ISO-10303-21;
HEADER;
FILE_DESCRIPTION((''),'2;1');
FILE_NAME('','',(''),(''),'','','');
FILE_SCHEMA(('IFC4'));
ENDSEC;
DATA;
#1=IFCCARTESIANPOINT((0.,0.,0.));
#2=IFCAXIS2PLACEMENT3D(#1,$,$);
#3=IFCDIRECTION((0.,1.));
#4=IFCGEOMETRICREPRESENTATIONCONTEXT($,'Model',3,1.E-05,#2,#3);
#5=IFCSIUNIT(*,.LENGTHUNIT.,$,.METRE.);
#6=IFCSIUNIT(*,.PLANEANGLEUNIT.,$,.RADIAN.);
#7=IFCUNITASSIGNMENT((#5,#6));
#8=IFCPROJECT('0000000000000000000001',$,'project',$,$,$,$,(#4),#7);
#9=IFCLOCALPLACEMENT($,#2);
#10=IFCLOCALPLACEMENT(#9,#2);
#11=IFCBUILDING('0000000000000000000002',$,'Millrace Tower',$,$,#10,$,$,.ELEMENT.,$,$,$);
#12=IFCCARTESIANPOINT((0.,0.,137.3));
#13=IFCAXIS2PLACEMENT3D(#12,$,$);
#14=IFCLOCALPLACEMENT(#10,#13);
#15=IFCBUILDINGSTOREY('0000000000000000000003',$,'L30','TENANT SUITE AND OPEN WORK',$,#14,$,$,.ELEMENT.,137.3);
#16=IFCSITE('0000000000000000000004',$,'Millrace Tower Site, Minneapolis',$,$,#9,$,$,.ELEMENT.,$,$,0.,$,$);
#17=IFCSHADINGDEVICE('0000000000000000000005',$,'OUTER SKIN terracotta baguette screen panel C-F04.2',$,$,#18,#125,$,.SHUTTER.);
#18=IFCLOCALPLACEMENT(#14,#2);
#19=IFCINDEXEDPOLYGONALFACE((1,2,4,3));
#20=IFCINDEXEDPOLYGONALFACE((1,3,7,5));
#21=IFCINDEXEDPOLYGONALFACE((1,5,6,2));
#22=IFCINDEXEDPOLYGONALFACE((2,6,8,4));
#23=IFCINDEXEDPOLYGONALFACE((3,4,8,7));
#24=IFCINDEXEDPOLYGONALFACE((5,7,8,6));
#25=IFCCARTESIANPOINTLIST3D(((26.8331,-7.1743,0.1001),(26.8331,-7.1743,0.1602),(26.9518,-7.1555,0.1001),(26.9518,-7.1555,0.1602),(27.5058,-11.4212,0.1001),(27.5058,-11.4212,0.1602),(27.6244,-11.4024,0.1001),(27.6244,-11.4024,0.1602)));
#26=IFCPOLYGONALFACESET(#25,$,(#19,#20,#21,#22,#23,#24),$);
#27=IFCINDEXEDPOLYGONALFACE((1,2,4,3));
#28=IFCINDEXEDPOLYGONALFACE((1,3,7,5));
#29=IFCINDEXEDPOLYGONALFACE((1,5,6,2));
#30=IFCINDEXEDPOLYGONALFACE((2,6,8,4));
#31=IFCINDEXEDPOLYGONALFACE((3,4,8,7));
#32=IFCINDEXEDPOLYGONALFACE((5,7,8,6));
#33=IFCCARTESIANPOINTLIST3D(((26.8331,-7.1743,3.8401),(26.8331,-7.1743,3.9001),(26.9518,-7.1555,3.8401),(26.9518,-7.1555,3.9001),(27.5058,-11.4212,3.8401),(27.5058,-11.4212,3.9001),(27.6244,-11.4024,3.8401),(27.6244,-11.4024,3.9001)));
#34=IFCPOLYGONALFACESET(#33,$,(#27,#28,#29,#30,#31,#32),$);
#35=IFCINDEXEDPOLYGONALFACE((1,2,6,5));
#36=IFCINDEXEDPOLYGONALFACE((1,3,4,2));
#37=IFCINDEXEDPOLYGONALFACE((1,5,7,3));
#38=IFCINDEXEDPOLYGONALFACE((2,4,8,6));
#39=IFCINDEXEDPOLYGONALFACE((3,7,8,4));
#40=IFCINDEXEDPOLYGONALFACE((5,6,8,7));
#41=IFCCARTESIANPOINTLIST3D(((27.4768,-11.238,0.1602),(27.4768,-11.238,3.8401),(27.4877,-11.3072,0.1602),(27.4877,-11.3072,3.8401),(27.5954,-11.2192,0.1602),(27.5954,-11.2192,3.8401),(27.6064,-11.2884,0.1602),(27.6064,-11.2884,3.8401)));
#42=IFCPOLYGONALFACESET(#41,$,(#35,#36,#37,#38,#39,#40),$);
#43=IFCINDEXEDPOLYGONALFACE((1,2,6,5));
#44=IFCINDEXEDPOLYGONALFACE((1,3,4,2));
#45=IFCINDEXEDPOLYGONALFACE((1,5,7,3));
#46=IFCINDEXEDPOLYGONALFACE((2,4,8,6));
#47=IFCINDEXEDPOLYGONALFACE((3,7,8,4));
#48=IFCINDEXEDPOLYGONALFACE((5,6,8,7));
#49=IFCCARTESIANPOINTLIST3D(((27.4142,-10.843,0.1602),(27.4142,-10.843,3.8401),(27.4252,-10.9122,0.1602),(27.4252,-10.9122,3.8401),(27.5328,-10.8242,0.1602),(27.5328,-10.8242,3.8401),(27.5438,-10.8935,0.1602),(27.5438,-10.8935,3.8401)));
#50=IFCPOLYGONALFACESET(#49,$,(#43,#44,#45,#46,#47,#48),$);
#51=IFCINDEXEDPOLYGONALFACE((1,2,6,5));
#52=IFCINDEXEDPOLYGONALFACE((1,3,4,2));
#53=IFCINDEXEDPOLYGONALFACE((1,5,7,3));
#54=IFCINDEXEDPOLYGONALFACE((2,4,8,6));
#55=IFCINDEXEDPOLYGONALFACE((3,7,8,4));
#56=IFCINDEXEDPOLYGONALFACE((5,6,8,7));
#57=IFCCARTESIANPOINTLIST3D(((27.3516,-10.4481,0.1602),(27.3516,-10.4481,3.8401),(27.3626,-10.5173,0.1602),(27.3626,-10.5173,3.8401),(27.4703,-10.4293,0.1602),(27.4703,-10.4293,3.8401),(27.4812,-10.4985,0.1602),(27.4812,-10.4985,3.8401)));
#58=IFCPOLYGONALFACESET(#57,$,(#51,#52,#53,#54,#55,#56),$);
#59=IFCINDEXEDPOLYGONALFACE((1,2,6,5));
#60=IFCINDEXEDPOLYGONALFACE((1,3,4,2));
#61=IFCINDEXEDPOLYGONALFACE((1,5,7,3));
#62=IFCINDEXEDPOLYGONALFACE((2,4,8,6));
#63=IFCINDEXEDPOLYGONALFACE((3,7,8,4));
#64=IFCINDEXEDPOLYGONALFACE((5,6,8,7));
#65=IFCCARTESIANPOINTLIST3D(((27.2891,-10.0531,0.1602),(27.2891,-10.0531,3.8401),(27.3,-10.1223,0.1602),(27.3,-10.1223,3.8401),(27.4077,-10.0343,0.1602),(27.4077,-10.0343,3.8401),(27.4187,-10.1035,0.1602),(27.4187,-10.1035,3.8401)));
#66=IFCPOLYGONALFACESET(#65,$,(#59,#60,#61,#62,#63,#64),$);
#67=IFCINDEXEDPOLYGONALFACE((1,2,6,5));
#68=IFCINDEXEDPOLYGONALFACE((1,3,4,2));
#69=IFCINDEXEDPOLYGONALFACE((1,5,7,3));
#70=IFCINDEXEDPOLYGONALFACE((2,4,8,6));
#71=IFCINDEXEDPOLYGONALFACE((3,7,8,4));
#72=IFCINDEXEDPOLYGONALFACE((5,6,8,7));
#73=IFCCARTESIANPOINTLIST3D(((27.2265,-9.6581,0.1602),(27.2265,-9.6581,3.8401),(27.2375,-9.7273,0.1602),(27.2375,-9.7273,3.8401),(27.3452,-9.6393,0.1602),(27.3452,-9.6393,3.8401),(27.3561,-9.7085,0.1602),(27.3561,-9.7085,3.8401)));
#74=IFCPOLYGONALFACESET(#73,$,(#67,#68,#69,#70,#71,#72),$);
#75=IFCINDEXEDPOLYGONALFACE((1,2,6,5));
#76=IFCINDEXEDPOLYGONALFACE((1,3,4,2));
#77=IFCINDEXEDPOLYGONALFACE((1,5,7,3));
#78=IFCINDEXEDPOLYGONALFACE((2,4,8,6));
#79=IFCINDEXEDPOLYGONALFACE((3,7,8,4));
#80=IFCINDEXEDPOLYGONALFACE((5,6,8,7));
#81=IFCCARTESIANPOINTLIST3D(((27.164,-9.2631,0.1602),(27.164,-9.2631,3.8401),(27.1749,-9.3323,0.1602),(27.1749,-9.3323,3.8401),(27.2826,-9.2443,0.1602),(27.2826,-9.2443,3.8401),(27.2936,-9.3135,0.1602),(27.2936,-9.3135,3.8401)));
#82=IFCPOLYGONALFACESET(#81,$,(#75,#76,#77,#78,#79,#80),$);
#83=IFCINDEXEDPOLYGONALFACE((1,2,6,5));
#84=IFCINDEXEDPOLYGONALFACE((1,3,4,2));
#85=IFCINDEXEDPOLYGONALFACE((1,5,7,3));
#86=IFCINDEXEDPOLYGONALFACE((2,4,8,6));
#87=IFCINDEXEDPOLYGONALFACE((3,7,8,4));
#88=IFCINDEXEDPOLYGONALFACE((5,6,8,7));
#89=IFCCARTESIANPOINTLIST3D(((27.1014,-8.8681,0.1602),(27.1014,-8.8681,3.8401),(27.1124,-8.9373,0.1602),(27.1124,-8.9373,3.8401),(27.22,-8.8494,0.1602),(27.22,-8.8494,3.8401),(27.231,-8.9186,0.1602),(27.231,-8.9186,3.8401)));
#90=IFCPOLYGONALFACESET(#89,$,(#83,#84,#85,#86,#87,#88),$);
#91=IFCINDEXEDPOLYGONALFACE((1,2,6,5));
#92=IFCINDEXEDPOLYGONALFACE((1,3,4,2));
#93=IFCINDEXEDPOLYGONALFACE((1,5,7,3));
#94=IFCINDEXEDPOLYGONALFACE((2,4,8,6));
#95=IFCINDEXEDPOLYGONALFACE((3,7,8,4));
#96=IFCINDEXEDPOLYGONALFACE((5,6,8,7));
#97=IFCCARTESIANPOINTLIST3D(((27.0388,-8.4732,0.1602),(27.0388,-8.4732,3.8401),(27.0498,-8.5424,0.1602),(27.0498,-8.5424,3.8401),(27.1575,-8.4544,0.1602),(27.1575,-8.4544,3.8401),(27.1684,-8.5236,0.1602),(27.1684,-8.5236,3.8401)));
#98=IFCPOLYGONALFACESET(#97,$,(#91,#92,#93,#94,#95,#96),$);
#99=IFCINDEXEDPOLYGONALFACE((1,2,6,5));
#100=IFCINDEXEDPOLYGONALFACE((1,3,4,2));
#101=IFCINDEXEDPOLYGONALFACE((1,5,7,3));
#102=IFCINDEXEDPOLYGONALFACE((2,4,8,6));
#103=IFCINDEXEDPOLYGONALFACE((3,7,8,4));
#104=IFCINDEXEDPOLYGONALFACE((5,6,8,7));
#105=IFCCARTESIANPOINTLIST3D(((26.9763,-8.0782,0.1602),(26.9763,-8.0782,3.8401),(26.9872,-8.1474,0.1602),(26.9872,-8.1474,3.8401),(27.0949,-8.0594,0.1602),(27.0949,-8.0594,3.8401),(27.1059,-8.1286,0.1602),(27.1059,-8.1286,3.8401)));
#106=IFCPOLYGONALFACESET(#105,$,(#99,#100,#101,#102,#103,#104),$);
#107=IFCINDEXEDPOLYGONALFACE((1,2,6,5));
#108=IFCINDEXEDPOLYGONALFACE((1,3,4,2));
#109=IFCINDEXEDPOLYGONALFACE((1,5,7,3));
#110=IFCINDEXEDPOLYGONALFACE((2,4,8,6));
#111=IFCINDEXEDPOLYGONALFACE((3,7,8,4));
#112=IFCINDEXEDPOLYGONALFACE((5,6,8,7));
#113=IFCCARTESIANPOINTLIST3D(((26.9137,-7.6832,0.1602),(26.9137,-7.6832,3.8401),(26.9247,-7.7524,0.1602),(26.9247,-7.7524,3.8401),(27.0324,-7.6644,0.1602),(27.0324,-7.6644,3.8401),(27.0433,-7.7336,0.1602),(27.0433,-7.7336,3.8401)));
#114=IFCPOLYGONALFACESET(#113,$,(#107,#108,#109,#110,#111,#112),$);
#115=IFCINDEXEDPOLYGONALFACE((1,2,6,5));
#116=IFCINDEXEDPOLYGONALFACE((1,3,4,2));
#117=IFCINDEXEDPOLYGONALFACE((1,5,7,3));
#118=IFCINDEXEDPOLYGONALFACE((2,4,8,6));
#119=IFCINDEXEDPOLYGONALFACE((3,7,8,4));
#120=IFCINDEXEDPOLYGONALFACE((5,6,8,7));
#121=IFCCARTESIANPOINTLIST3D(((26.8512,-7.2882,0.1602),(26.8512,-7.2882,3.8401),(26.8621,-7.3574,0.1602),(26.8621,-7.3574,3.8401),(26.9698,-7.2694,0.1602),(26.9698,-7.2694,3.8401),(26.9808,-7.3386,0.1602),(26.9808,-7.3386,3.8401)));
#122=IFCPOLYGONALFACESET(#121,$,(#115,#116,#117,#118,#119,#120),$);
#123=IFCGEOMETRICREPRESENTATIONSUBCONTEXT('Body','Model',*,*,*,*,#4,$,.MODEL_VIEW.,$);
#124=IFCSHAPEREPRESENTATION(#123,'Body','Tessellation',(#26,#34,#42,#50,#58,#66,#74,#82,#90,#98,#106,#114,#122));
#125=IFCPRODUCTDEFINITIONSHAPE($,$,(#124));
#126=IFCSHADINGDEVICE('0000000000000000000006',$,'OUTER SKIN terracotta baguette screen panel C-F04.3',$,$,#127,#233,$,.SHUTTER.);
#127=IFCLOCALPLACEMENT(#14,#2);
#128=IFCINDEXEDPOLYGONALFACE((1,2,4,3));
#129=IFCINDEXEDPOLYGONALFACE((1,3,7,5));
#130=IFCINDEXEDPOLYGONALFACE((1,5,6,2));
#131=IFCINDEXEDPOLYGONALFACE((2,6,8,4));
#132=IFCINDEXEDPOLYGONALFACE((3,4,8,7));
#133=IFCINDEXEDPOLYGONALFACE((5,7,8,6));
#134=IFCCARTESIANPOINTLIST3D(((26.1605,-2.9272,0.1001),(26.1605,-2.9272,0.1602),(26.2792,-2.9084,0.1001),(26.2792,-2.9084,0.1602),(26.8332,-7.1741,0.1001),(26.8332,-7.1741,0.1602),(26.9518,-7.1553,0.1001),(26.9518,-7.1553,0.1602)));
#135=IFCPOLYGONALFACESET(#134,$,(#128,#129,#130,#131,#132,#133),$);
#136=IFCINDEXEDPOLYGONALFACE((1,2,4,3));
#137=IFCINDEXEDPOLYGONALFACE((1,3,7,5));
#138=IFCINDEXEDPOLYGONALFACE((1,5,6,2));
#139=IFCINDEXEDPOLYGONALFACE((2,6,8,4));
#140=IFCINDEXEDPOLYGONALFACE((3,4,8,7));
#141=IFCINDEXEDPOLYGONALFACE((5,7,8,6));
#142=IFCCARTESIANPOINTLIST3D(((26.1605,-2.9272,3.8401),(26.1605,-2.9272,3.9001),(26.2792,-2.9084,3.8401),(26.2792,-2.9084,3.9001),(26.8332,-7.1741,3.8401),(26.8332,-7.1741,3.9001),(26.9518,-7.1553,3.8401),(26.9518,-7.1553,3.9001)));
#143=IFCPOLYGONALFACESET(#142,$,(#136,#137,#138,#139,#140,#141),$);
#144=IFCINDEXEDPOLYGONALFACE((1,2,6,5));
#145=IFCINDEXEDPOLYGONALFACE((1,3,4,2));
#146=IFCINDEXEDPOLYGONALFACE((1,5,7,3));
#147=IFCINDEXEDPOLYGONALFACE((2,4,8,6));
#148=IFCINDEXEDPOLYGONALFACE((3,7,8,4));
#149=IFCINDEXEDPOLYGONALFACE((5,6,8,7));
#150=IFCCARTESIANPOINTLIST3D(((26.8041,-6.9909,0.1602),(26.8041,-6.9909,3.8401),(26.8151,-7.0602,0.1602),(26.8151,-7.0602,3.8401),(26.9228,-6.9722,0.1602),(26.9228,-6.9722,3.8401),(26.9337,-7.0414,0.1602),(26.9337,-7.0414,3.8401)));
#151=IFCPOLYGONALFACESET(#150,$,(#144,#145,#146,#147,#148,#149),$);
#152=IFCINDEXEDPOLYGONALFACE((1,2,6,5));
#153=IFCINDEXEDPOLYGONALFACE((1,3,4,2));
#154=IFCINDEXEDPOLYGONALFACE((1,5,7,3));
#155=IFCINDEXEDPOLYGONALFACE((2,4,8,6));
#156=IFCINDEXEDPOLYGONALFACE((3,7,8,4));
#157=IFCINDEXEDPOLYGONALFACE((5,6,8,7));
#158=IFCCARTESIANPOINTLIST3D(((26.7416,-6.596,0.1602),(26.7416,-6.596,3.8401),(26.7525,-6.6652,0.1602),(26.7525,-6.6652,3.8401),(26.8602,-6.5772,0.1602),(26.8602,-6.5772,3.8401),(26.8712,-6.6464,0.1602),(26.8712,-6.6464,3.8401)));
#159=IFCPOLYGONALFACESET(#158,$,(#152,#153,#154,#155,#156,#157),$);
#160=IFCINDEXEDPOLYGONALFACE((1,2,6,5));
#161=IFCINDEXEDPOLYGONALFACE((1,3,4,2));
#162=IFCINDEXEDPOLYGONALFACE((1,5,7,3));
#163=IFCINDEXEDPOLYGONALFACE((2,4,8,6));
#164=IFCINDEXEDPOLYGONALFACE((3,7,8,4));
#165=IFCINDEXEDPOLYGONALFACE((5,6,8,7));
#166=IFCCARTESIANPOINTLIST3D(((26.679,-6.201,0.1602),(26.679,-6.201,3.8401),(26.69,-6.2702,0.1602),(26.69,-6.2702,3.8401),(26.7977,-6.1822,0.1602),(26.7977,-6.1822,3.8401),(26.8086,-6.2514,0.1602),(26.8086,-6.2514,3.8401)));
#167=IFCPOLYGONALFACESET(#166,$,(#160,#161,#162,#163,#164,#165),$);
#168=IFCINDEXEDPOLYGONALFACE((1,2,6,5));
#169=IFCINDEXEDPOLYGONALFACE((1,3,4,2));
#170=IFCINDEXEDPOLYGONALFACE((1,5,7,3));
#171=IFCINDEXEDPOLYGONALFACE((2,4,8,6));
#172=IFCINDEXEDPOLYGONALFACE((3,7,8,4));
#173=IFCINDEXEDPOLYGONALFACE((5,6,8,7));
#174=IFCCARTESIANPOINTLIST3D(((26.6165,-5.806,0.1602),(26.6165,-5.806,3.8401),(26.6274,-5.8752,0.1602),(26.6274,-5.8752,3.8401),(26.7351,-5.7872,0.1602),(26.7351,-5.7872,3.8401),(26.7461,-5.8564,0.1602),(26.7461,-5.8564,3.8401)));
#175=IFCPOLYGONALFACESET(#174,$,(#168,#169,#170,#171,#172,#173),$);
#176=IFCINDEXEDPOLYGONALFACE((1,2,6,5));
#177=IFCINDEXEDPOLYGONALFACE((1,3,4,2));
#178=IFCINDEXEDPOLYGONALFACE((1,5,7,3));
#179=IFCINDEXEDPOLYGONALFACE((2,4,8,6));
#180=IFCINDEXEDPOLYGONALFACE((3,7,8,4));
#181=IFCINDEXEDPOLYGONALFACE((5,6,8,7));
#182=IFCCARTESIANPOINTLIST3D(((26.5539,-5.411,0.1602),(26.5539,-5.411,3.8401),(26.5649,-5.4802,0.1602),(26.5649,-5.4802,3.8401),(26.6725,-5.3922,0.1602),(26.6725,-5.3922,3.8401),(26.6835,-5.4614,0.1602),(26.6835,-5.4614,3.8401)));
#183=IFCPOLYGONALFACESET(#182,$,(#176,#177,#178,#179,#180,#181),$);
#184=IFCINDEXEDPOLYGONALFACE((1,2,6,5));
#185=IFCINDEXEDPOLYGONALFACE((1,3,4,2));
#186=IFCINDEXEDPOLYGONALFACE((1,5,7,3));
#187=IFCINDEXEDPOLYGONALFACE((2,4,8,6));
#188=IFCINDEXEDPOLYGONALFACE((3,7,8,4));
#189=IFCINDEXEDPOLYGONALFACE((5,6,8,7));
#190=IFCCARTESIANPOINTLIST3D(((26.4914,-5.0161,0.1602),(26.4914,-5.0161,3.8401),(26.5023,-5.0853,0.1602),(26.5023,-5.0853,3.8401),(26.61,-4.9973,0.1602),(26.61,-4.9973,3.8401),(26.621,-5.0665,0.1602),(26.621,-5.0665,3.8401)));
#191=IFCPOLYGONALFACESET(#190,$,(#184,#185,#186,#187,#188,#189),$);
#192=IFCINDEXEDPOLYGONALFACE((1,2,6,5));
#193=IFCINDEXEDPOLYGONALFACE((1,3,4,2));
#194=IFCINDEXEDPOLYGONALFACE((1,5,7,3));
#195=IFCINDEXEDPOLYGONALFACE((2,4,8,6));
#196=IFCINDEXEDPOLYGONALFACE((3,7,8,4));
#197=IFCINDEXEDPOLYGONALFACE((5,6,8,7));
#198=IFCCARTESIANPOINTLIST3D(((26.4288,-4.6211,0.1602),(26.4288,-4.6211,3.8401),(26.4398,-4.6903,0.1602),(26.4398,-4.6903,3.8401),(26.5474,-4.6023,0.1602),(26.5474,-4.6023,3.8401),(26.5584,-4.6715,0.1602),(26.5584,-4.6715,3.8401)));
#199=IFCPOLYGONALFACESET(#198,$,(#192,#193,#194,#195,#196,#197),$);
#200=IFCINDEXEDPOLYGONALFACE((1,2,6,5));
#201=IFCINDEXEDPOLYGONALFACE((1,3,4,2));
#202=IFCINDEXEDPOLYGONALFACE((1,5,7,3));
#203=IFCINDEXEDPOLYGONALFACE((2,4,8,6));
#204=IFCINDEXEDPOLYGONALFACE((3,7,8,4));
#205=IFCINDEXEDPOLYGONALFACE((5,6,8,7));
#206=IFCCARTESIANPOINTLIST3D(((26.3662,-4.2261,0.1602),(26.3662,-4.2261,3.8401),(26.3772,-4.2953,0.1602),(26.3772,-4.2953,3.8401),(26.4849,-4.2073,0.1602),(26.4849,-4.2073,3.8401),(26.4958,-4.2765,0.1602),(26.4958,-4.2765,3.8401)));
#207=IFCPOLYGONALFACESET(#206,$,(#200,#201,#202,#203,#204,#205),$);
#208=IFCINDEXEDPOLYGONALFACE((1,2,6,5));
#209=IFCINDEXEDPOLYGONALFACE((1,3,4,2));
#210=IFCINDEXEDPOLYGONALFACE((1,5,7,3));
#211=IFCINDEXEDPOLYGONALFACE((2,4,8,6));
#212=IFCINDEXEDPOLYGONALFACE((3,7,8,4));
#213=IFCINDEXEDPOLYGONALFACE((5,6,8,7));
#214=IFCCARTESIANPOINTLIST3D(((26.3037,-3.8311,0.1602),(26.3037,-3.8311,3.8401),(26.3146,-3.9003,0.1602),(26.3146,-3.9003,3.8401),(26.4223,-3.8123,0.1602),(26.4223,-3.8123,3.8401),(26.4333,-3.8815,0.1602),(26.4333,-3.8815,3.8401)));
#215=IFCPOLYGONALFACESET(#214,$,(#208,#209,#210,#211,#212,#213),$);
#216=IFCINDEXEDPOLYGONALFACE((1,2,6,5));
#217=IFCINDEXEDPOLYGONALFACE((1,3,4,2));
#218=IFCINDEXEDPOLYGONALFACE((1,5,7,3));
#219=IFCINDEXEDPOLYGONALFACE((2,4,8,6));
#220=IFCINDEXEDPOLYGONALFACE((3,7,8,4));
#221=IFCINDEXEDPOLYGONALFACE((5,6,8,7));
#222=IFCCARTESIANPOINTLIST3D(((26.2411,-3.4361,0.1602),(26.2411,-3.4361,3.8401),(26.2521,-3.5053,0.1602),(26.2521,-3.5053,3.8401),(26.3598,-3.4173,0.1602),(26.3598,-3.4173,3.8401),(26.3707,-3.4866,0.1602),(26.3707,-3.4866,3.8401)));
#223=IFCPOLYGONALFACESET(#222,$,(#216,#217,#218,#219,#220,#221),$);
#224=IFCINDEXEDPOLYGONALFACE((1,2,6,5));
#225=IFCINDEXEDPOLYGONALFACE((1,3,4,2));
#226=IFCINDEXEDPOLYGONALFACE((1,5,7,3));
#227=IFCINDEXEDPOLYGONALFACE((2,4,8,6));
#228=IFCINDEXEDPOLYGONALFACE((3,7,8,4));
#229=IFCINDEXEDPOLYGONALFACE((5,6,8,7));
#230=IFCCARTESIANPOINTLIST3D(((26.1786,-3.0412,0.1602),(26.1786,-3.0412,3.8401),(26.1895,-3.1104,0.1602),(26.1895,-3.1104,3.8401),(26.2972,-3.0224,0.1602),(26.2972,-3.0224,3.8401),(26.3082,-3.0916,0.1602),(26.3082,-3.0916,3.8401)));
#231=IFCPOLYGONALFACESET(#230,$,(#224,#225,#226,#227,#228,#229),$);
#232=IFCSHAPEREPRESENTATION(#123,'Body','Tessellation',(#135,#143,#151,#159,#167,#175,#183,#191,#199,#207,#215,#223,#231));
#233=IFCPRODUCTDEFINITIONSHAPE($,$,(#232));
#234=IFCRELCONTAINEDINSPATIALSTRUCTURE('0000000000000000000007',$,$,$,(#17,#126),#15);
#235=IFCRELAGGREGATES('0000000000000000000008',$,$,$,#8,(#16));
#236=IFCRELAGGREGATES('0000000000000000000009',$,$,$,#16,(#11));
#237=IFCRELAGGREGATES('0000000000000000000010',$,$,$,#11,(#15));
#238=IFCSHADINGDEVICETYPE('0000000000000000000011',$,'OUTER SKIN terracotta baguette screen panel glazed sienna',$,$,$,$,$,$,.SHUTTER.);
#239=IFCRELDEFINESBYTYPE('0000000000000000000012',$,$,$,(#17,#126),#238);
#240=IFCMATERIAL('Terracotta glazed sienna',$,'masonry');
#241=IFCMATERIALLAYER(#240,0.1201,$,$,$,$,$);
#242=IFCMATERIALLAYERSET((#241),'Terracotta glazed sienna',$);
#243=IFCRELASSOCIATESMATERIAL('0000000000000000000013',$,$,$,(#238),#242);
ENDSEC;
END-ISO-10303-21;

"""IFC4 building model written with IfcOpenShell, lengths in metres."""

from ifc_helpers import new_model, entity, si_unit, direction, frame, frame_2d, origin, origin_2d, place, context, subcontext, project, spatial, rectangle, extrude, source, transform, mapped, material, layer, layer_set, type_object, element, save


model = new_model("IFC4")

# Units and contexts
model_context = context("Model", 3, precision=1e-05, world=origin(), true_north=direction((0.0, 1.0)))
body_context = subcontext(model_context, "Body", "Model", "MODEL_VIEW")
ifc_project = project(units=[si_unit("LENGTHUNIT", "METRE"), si_unit("PLANEANGLEUNIT", "RADIAN")], contexts=[model_context])

# Site, building, storey
site_placement = place(None, origin())
site = spatial("IfcSite", under=ifc_project, at=site_placement, Name="Millrace Tower Site, Minneapolis", CompositionType="ELEMENT", RefElevation=0.0)
building_placement = place(site_placement, origin())
building = spatial("IfcBuilding", under=site, at=building_placement, Name="Millrace Tower", CompositionType="ELEMENT")
storey_placement = place(building_placement, frame((0.0, 0.0, 137.3)))
storey = spatial("IfcBuildingStorey", under=building, at=storey_placement, Name="L30", Description="TENANT SUITE AND OPEN WORK", CompositionType="ELEMENT", Elevation=137.3)

# Shading devices
ifc_material_1 = material(Name="Terracotta glazed sienna", Category="masonry")
ifc_layer_1 = layer(ifc_material_1, 0.1201)
ifc_layer_set_1 = layer_set([ifc_layer_1], Name="Terracotta glazed sienna")
shading_device_type = type_object("IfcShadingDeviceType", Name="OUTER SKIN terracotta baguette screen panel glazed sienna", PredefinedType="SHUTTER", material=ifc_layer_set_1)
cartesian_point_1 = entity("IfcCartesianPoint", [-2.1499, 0.0601])
shared_polyline_1 = entity("IfcPolyline", [cartesian_point_1, entity("IfcCartesianPoint", [2.1499, 0.0601]), entity("IfcCartesianPoint", [2.1499, -0.0601]), entity("IfcCartesianPoint", [-2.1499, -0.0601]), cartesian_point_1])
shared_shape_1 = source(origin(), body_context, "Body", "SweptSolid", [
    entity("IfcExtrudedAreaSolid", entity("IfcArbitraryClosedProfileDef", "AREA", None, shared_polyline_1), entity("IfcAxis2Placement3D", entity("IfcCartesianPoint", [0.0, 0.0, 0.0])), entity("IfcDirection", [0.0, 0.0, 1.0]), 0.0601),
    entity("IfcExtrudedAreaSolid", entity("IfcArbitraryClosedProfileDef", "AREA", None, shared_polyline_1), entity("IfcAxis2Placement3D", entity("IfcCartesianPoint", [0.0, 0.0, 3.74])), entity("IfcDirection", [0.0, 0.0, 1.0]), 0.0601),
    extrude(rectangle(XDim=0.0701, YDim=0.1201, at=frame_2d((-1.9995, 0.0))), frame((0.0, 0.0, 0.0601)), (0.0, 0.0, 1.0), 3.6799),
    extrude(rectangle(XDim=0.0701, YDim=0.1201, at=frame_2d((-1.5996, 0.0))), frame((0.0, 0.0, 0.0601)), (0.0, 0.0, 1.0), 3.6799),
    extrude(rectangle(XDim=0.0701, YDim=0.1201, at=frame_2d((-1.1997, 0.0))), frame((0.0, 0.0, 0.0601)), (0.0, 0.0, 1.0), 3.6799),
    extrude(rectangle(XDim=0.0701, YDim=0.1201, at=frame_2d((-0.7998, 0.0))), frame((0.0, 0.0, 0.0601)), (0.0, 0.0, 1.0), 3.6799),
    extrude(rectangle(XDim=0.0701, YDim=0.1201, at=frame_2d((-0.3999, 0.0))), frame((0.0, 0.0, 0.0601)), (0.0, 0.0, 1.0), 3.6799),
    extrude(rectangle(XDim=0.0701, YDim=0.1201, at=origin_2d()), frame((0.0, 0.0, 0.0601)), (0.0, 0.0, 1.0), 3.6799),
    extrude(rectangle(XDim=0.0701, YDim=0.1201, at=frame_2d((0.3999, 0.0))), frame((0.0, 0.0, 0.0601)), (0.0, 0.0, 1.0), 3.6799),
    extrude(rectangle(XDim=0.0701, YDim=0.1201, at=frame_2d((0.7998, 0.0))), frame((0.0, 0.0, 0.0601)), (0.0, 0.0, 1.0), 3.6799),
    extrude(rectangle(XDim=0.0701, YDim=0.1201, at=frame_2d((1.1997, 0.0))), frame((0.0, 0.0, 0.0601)), (0.0, 0.0, 1.0), 3.6799),
    extrude(rectangle(XDim=0.0701, YDim=0.1201, at=frame_2d((1.5996, 0.0))), frame((0.0, 0.0, 0.0601)), (0.0, 0.0, 1.0), 3.6799),
    extrude(rectangle(XDim=0.0701, YDim=0.1201, at=frame_2d((1.9995, 0.0))), frame((0.0, 0.0, 0.0601)), (0.0, 0.0, 1.0), 3.6799),
])
for number, where, z_axis, x_axis, name in (
    (1, (27.2288, -9.2883, 0.1001), (0.0, 0.0, 1.0), (-0.156434, 0.987688, 0.0), "OUTER SKIN terracotta baguette screen panel C-F04.2"),
    (2, (26.5562, -5.0413, 0.1001), (0.0, 0.0, 1.0), (-0.156434, 0.987688, 0.0), "OUTER SKIN terracotta baguette screen panel C-F04.3"),
):
    element("IfcShadingDevice", number, at=place(storey_placement, frame(where, z_axis=z_axis, x_axis=x_axis)), inside=storey, type_object=shading_device_type, Name=name, PredefinedType="SHUTTER", context=body_context, shape_type="MappedRepresentation", body=[
        mapped(shared_shape_1, transform((0.0, 0.0, 0.0), scale=1.0)),
    ])

save(model, "model.ifc")
